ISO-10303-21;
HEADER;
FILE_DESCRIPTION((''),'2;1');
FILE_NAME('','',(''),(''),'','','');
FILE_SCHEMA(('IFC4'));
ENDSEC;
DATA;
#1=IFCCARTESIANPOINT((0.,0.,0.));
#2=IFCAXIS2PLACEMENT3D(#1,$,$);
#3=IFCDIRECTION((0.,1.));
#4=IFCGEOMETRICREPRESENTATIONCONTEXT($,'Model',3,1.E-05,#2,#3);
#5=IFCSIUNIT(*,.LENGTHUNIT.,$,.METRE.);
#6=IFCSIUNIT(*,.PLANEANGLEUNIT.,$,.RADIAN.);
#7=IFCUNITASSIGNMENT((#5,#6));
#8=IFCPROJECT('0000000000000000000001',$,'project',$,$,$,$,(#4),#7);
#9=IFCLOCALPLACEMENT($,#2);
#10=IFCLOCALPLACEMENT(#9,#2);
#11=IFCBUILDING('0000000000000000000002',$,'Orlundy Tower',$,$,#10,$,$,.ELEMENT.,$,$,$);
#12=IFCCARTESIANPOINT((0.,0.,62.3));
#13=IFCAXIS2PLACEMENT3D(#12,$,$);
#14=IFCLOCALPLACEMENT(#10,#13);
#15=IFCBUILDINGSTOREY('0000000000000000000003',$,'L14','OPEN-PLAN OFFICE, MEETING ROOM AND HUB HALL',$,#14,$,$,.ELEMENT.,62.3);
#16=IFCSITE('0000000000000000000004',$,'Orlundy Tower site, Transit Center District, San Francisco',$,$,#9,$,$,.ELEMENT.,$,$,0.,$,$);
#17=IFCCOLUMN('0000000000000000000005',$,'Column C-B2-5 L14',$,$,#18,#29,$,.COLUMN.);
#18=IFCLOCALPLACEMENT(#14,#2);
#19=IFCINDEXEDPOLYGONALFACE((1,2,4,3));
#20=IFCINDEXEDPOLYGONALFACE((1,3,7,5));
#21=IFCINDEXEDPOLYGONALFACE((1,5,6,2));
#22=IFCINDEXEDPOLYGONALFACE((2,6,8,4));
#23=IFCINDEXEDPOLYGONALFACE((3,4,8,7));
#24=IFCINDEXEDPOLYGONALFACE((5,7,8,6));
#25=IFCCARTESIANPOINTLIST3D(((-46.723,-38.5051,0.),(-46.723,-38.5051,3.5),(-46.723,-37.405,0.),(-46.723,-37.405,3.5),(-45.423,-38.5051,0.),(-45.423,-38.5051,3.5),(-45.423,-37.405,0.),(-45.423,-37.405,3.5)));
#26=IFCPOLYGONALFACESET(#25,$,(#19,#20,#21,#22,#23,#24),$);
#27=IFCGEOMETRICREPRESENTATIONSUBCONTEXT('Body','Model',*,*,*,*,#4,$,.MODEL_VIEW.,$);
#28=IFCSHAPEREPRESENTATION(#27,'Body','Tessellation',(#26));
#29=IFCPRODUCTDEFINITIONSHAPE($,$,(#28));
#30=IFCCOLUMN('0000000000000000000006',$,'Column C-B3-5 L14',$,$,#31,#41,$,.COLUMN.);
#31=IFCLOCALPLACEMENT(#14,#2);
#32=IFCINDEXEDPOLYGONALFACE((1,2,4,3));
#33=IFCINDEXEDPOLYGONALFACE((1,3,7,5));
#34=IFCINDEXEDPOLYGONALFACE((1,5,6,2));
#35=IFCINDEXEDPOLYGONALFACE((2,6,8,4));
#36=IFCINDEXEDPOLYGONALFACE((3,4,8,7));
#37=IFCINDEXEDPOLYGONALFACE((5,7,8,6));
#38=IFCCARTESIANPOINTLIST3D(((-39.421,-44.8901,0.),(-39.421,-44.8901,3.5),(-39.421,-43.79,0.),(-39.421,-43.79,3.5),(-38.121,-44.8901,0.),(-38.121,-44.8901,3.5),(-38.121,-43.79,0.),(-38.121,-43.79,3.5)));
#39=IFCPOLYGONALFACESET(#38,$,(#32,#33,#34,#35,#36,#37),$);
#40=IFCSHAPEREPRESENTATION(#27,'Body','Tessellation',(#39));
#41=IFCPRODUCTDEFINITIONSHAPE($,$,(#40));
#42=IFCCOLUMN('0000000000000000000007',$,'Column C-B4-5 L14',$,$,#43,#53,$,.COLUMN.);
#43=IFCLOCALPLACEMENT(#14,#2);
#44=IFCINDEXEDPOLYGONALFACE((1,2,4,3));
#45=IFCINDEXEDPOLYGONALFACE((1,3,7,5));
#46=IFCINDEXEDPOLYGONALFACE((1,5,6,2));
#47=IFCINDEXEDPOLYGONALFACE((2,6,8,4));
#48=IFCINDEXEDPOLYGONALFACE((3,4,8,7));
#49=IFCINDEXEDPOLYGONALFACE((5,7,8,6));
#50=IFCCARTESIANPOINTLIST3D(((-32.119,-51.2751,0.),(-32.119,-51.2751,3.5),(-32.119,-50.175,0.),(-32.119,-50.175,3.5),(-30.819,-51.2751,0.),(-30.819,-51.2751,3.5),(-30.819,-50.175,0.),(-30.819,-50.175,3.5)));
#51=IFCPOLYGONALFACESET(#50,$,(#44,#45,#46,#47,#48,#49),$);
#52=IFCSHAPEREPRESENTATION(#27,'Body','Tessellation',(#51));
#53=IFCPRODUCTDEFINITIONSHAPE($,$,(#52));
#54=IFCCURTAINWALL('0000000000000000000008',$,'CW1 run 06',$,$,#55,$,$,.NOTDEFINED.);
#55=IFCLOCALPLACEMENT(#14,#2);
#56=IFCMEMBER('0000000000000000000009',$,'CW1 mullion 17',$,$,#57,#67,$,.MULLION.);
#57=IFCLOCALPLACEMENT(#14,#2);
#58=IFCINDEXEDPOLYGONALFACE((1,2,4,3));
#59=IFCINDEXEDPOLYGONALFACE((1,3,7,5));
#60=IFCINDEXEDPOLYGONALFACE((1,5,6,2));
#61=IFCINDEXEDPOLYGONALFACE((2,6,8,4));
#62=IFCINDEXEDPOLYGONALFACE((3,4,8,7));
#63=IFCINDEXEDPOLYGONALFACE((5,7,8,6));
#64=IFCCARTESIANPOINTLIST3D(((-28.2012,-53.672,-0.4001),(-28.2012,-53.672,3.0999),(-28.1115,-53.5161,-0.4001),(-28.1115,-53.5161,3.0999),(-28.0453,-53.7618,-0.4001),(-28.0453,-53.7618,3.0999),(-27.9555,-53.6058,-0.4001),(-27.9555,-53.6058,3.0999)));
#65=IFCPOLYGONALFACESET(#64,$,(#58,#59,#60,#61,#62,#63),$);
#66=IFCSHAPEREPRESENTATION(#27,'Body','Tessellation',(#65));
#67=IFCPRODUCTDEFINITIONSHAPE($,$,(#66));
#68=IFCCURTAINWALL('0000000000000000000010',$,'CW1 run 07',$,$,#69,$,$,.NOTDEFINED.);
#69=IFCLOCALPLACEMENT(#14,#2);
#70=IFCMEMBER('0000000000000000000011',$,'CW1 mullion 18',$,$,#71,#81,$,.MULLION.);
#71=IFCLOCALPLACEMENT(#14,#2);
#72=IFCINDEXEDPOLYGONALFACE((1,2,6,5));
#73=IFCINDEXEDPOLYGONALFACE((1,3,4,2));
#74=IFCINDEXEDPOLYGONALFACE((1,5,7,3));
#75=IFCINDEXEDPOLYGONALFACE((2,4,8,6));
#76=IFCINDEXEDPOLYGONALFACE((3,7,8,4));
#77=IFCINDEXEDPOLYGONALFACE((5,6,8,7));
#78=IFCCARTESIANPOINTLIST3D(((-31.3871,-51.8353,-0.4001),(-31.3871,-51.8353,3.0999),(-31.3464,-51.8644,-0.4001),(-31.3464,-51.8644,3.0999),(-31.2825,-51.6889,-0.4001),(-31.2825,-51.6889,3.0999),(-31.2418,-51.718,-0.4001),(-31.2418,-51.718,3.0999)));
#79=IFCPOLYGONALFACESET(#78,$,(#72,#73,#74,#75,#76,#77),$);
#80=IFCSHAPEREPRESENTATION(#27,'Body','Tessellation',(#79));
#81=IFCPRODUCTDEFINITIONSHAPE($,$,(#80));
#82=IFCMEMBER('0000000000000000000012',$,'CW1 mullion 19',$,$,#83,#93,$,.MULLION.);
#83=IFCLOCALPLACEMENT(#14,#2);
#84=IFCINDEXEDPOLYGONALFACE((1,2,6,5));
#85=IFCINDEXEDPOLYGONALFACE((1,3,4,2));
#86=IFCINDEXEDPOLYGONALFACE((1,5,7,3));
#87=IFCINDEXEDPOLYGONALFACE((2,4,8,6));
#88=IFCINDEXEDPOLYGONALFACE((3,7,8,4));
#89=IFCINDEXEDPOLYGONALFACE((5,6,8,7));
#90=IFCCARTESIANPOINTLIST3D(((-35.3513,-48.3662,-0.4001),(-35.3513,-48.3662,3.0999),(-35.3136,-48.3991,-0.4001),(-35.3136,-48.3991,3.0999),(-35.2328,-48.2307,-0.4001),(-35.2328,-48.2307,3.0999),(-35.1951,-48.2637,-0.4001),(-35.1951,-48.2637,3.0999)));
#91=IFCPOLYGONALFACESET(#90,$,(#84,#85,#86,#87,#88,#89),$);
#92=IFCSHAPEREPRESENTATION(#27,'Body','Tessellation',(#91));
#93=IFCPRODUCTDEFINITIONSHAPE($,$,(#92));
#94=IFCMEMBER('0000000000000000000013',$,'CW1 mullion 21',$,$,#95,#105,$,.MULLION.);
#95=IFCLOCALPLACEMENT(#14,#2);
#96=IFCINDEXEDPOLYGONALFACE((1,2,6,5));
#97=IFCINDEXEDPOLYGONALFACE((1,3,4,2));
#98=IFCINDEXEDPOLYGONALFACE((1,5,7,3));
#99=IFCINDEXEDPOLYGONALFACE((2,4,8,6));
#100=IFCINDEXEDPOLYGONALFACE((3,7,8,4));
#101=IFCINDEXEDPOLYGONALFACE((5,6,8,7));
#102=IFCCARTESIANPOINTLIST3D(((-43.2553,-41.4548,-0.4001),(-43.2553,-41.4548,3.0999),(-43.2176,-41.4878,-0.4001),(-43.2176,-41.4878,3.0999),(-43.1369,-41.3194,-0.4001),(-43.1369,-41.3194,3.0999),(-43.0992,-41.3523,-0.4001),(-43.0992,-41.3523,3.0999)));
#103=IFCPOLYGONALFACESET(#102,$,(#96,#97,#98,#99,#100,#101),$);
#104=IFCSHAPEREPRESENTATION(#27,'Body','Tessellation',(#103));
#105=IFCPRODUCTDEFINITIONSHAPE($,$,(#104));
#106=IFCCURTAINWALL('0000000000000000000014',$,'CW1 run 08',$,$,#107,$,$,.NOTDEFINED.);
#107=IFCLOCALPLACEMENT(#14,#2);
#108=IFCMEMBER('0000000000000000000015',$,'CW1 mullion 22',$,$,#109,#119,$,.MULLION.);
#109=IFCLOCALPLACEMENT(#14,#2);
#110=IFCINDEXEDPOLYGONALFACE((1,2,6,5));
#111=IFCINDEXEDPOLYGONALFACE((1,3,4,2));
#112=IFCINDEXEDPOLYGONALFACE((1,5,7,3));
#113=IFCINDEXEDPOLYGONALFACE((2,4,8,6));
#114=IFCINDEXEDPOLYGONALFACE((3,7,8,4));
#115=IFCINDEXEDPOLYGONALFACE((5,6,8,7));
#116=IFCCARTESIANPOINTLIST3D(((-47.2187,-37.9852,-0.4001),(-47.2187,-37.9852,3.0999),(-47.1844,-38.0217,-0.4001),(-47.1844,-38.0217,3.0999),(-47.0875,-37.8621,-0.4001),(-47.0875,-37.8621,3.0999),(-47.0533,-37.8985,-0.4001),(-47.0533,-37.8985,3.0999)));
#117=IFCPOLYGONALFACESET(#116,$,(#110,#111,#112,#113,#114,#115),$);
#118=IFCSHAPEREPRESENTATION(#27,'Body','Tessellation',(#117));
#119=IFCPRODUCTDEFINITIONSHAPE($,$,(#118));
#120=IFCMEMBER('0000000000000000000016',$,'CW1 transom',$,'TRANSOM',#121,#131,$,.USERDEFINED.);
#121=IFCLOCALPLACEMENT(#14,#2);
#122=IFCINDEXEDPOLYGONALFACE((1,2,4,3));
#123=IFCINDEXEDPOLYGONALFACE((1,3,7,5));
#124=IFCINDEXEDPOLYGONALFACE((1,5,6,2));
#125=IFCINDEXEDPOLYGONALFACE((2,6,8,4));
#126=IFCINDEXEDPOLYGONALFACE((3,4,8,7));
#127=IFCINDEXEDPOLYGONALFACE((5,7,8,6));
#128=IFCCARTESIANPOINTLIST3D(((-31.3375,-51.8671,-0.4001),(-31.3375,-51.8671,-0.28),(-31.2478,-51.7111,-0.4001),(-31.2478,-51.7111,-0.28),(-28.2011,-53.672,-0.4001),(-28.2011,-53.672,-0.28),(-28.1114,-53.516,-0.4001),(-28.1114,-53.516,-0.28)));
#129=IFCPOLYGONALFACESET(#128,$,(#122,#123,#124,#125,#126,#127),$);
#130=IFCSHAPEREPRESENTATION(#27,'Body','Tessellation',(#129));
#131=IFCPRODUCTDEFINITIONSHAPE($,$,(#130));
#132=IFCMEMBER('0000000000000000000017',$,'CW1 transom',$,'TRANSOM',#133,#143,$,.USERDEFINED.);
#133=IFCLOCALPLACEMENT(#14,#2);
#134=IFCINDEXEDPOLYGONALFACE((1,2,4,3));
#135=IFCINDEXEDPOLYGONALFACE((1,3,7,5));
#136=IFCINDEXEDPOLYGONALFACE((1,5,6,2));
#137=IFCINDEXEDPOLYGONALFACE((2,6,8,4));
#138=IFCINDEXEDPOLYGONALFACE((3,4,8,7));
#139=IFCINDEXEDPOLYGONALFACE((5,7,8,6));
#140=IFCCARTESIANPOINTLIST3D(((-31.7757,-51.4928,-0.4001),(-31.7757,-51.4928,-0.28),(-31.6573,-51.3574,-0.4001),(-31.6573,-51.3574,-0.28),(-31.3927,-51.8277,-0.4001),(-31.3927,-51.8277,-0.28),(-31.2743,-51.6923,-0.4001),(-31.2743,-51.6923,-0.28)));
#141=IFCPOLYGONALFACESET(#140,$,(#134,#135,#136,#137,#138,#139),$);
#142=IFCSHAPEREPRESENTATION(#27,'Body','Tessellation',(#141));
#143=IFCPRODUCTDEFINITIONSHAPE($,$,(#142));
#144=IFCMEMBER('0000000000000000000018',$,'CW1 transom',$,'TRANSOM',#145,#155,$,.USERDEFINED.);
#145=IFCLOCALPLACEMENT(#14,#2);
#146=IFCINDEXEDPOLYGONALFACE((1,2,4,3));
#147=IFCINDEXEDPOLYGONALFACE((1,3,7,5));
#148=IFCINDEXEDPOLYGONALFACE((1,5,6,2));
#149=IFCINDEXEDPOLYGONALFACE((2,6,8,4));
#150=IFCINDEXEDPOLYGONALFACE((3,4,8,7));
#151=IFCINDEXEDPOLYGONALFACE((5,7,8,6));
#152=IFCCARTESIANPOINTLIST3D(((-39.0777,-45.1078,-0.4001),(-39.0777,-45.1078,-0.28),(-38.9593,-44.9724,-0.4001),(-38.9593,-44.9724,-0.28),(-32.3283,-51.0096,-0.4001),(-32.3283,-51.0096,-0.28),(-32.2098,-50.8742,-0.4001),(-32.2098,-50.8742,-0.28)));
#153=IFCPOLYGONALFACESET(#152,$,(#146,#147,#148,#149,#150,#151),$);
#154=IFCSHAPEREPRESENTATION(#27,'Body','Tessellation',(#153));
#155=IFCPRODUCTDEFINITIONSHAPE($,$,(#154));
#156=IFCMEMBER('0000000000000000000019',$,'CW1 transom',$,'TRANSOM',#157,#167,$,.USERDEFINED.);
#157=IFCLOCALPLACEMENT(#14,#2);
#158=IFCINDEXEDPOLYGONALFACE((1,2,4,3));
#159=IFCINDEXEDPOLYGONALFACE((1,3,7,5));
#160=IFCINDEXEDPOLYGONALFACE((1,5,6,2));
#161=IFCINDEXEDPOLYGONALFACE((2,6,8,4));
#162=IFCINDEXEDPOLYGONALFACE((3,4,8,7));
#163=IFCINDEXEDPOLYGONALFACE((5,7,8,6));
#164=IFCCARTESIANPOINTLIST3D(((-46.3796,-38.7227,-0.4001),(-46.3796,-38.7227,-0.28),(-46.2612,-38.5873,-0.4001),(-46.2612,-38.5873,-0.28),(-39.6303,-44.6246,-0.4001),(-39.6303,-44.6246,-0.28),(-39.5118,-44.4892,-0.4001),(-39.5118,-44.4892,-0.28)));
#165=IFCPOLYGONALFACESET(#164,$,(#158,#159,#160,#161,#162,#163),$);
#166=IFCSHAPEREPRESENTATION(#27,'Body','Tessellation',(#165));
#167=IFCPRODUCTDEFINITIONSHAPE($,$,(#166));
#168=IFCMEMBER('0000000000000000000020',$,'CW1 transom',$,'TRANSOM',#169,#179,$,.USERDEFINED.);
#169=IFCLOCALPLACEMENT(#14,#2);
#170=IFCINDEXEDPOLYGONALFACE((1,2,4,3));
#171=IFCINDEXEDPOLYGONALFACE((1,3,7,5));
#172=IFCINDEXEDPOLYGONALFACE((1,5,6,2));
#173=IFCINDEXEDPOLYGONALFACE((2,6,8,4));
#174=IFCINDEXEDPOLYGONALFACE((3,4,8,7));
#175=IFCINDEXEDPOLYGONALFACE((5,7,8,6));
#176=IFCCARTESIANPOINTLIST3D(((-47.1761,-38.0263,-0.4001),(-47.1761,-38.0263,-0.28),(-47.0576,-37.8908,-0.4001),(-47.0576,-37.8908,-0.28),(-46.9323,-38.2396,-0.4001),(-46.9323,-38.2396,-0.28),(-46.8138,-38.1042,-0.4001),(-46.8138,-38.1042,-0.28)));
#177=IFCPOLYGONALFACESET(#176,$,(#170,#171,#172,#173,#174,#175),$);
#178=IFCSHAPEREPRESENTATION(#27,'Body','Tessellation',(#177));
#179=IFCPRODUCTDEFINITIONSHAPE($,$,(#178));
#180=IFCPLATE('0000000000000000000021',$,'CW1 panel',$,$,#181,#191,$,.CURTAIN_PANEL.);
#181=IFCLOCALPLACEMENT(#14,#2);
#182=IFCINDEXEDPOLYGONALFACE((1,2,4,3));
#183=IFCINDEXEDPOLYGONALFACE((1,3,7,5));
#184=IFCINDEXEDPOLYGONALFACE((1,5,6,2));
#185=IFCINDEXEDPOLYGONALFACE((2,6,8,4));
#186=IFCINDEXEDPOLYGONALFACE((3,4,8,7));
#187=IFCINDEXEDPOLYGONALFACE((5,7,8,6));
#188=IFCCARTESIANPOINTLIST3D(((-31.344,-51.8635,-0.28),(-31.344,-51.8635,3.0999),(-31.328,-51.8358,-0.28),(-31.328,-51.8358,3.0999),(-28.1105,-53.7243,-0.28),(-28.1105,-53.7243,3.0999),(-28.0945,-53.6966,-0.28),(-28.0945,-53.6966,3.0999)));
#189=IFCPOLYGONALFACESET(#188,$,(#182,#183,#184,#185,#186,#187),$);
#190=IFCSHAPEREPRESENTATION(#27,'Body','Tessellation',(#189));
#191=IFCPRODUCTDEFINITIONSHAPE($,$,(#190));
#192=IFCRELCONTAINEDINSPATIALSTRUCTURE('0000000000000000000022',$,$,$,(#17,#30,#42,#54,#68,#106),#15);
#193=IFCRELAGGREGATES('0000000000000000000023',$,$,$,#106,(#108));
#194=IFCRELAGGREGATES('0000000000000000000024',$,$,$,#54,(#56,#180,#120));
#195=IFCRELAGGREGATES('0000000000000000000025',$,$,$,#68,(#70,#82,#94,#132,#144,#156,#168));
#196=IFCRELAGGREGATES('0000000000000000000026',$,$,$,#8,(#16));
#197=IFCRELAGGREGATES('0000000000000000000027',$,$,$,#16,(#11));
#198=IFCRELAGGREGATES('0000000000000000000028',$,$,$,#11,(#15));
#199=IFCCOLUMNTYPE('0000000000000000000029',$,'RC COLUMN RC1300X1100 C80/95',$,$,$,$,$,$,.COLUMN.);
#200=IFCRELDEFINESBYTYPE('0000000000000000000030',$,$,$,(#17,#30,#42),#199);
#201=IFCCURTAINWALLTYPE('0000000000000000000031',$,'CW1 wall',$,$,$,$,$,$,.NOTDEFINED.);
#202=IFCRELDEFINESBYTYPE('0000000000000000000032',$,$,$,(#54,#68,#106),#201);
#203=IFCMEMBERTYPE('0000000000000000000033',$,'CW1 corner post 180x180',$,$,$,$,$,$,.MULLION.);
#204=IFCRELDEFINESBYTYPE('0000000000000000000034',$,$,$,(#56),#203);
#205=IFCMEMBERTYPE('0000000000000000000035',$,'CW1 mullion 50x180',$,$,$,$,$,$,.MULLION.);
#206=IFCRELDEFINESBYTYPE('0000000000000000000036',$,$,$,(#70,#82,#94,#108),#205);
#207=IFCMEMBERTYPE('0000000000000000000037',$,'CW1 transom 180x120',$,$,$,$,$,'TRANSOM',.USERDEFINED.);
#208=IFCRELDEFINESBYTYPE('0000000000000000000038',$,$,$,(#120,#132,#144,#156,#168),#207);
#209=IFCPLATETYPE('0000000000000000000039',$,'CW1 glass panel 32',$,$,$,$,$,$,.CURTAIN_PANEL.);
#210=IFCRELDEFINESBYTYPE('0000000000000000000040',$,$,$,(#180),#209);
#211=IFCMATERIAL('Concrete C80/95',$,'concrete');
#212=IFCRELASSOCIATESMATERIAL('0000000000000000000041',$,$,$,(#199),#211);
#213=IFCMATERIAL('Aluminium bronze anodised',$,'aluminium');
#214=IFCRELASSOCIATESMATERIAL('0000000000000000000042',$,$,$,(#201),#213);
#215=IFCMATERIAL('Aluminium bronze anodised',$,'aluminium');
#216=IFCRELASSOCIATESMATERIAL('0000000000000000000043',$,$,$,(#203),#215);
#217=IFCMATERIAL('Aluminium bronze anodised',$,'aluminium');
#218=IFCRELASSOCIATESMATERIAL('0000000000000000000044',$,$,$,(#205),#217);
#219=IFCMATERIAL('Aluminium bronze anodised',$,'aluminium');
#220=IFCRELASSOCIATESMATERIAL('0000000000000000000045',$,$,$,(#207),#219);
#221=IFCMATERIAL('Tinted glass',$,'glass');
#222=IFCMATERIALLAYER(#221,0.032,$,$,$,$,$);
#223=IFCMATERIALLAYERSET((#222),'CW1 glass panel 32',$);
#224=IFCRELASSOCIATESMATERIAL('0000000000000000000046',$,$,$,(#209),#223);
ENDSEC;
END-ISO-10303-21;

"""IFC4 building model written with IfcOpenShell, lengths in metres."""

from ifc_helpers import new_model, si_unit, direction, frame, origin, origin_2d, place, context, subcontext, project, spatial, rectangle, extrude, material, layer, layer_set, material_profile, profile_set, type_object, element, aggregate, save


model = new_model("IFC4")

# Units and contexts
model_context = context("Model", 3, precision=1e-05, world=origin(), true_north=direction((0.0, 1.0)))
body_context = subcontext(model_context, "Body", "Model", "MODEL_VIEW")
ifc_project = project(units=[si_unit("LENGTHUNIT", "METRE"), si_unit("PLANEANGLEUNIT", "RADIAN")], contexts=[model_context])

# Site, building, storey
site_placement = place(None, origin())
site = spatial("IfcSite", under=ifc_project, at=site_placement, Name="Orlundy Tower site, Transit Center District, San Francisco", CompositionType="ELEMENT", RefElevation=0.0)
building_placement = place(site_placement, origin())
building = spatial("IfcBuilding", under=site, at=building_placement, Name="Orlundy Tower", CompositionType="ELEMENT")
storey_placement = place(building_placement, frame((0.0, 0.0, 62.3)))
storey = spatial("IfcBuildingStorey", under=building, at=storey_placement, Name="L14", Description="OPEN-PLAN OFFICE, MEETING ROOM AND HUB HALL", CompositionType="ELEMENT", Elevation=62.3)

# Columns
ifc_material_1 = material(Name="Concrete C80/95", Category="concrete")
ifc_material_profile_1 = material_profile(ifc_material_1, rectangle(XDim=1.3, YDim=1.1001, at=origin_2d()), Name="RC1300X1100")
ifc_profile_set_1 = profile_set([ifc_material_profile_1], Name="Concrete C80/95")
column_type = type_object("IfcColumnType", Name="RC COLUMN RC1300X1100 C80/95", PredefinedType="COLUMN", material=ifc_profile_set_1)
for number, where, z_axis, x_axis, name in (
    (1, (-46.073, -37.9551, 0.0), (0.0, 0.0, 1.0), (1.0, 0.0, 0.0), "Column C-B2-5 L14"),
    (2, (-38.771, -44.3401, 0.0), (0.0, 0.0, 1.0), (1.0, 0.0, 0.0), "Column C-B3-5 L14"),
    (3, (-31.469, -50.7251, 0.0), (0.0, 0.0, 1.0), (1.0, 0.0, 0.0), "Column C-B4-5 L14"),
):
    element("IfcColumn", number, at=place(storey_placement, frame(where, z_axis=z_axis, x_axis=x_axis)), inside=storey, type_object=column_type, Name=name, PredefinedType="COLUMN", context=body_context, shape_type="SweptSolid", body=[
        extrude(rectangle(XDim=1.3, YDim=1.1001, at=origin_2d()), origin(), (0.0, 0.0, 1.0), 3.5),
    ])

# Curtain wall, member
ifc_material_2 = material(Name="Aluminium bronze anodised", Category="aluminium")
curtain_wall_type = type_object("IfcCurtainWallType", Name="CW1 wall", PredefinedType="NOTDEFINED", material=ifc_material_2)
curtain_wall_1_placement = place(storey_placement, origin())
curtain_wall_1 = element("IfcCurtainWall", 4, at=curtain_wall_1_placement, inside=storey, type_object=curtain_wall_type, Name="CW1 run 06", PredefinedType="NOTDEFINED")
ifc_material_3 = material(Name="Aluminium bronze anodised", Category="aluminium")
ifc_material_profile_2 = material_profile(ifc_material_3, rectangle(XDim=0.1799, YDim=0.1799, at=origin_2d()), Name="CW1 corner post 180x180")
ifc_profile_set_2 = profile_set([ifc_material_profile_2], Name="Aluminium bronze anodised")
member_type_1 = type_object("IfcMemberType", Name="CW1 corner post 180x180", PredefinedType="MULLION", material=ifc_profile_set_2)
member_1_placement = place(storey_placement, frame((-28.0784, -53.6389, -0.4001), z_axis=(0.0, 0.0, 1.0), x_axis=(-0.49878, -0.866728, 0.0)))
member_1 = element("IfcMember", 5, at=member_1_placement, type_object=member_type_1, Name="CW1 mullion 17", PredefinedType="MULLION", context=body_context, shape_type="SweptSolid", body=[
    extrude(rectangle(XDim=0.1799, YDim=0.1799, at=origin_2d()), origin(), (0.0, 0.0, 1.0), 3.5),
])

# Curtain wall, members
curtain_wall_2_placement = place(storey_placement, origin())
curtain_wall_2 = element("IfcCurtainWall", 6, at=curtain_wall_2_placement, inside=storey, type_object=curtain_wall_type, Name="CW1 run 07", PredefinedType="NOTDEFINED")
ifc_material_4 = material(Name="Aluminium bronze anodised", Category="aluminium")
ifc_material_profile_3 = material_profile(ifc_material_4, rectangle(XDim=0.1799, YDim=0.05, at=origin_2d()), Name="CW1 mullion 50x180")
ifc_profile_set_3 = profile_set([ifc_material_profile_3], Name="Aluminium bronze anodised")
member_type_2 = type_object("IfcMemberType", Name="CW1 mullion 50x180", PredefinedType="MULLION", material=ifc_profile_set_3)
member_2_placement = place(storey_placement, frame((-31.3145, -51.7766, -0.4001), z_axis=(0.0, 0.0, 1.0), x_axis=(-0.581319, -0.813676, 0.0)))
member_2 = element("IfcMember", 7, at=member_2_placement, type_object=member_type_2, Name="CW1 mullion 18", PredefinedType="MULLION", context=body_context, shape_type="SweptSolid", body=[
    extrude(rectangle(XDim=0.1799, YDim=0.05, at=origin_2d()), origin(), (0.0, 0.0, 1.0), 3.5),
])
member_3_placement = place(storey_placement, frame((-35.2732, -48.3149, -0.4001), z_axis=(0.0, 0.0, 1.0), x_axis=(-0.658262, -0.752789, 0.0)))
member_3 = element("IfcMember", 8, at=member_3_placement, type_object=member_type_2, Name="CW1 mullion 19", PredefinedType="MULLION", context=body_context, shape_type="SweptSolid", body=[
    extrude(rectangle(XDim=0.1799, YDim=0.05, at=origin_2d()), origin(), (0.0, 0.0, 1.0), 3.5),
])
member_4_placement = place(storey_placement, frame((-43.1772, -41.4036, -0.4001), z_axis=(0.0, 0.0, 1.0), x_axis=(-0.658262, -0.752789, 0.0)))
member_4 = element("IfcMember", 9, at=member_4_placement, type_object=member_type_2, Name="CW1 mullion 21", PredefinedType="MULLION", context=body_context, shape_type="SweptSolid", body=[
    extrude(rectangle(XDim=0.1799, YDim=0.05, at=origin_2d()), origin(), (0.0, 0.0, 1.0), 3.5),
])

# Curtain wall, member
curtain_wall_3_placement = place(storey_placement, origin())
curtain_wall_3 = element("IfcCurtainWall", 10, at=curtain_wall_3_placement, inside=storey, type_object=curtain_wall_type, Name="CW1 run 08", PredefinedType="NOTDEFINED")
member_5_placement = place(storey_placement, frame((-47.136, -37.9419, -0.4001), z_axis=(0.0, 0.0, 1.0), x_axis=(-0.728889, -0.684632, 0.0)))
member_5 = element("IfcMember", 11, at=member_5_placement, type_object=member_type_2, Name="CW1 mullion 22", PredefinedType="MULLION", context=body_context, shape_type="SweptSolid", body=[
    extrude(rectangle(XDim=0.1799, YDim=0.05, at=origin_2d()), origin(), (0.0, 0.0, 1.0), 3.5),
])
aggregate(curtain_wall_3, [member_5])

# Members
ifc_material_5 = material(Name="Aluminium bronze anodised", Category="aluminium")
ifc_material_profile_4 = material_profile(ifc_material_5, rectangle(XDim=0.1799, YDim=0.1201, at=origin_2d()), Name="CW1 transom 180x120")
ifc_profile_set_4 = profile_set([ifc_material_profile_4], Name="Aluminium bronze anodised")
member_type_3 = type_object("IfcMemberType", Name="CW1 transom 180x120", ElementType="TRANSOM", PredefinedType="USERDEFINED", material=ifc_profile_set_4)
member_6_placement = place(storey_placement, frame((-28.1562, -53.594, -0.3401), z_axis=(-0.866732, 0.498774, 0.0), x_axis=(-0.498774, -0.866732, 0.0)))
member_6 = element("IfcMember", 12, at=member_6_placement, type_object=member_type_3, Name="CW1 transom", ObjectType="TRANSOM", PredefinedType="USERDEFINED", context=body_context, shape_type="SweptSolid", body=[
    extrude(rectangle(XDim=0.1799, YDim=0.1201, at=origin_2d()), origin(), (0.0, 0.0, 1.0), 3.6187),
])
member_7_placement = place(storey_placement, frame((-31.3335, -51.76, -0.3401), z_axis=(-0.752785, 0.658267, 0.0), x_axis=(-0.658267, -0.752785, 0.0)))
member_7 = element("IfcMember", 13, at=member_7_placement, type_object=member_type_3, Name="CW1 transom", ObjectType="TRANSOM", PredefinedType="USERDEFINED", context=body_context, shape_type="SweptSolid", body=[
    extrude(rectangle(XDim=0.1799, YDim=0.1201, at=origin_2d()), origin(), (0.0, 0.0, 1.0), 0.5088),
])
member_8_placement = place(storey_placement, frame((-32.269, -50.9419, -0.3401), z_axis=(-0.752796, 0.658254, 0.0), x_axis=(-0.658254, -0.752796, 0.0)))
member_8 = element("IfcMember", 14, at=member_8_placement, type_object=member_type_3, Name="CW1 transom", ObjectType="TRANSOM", PredefinedType="USERDEFINED", context=body_context, shape_type="SweptSolid", body=[
    extrude(rectangle(XDim=0.1799, YDim=0.1201, at=origin_2d()), origin(), (0.0, 0.0, 1.0), 8.9658),
])
member_9_placement = place(storey_placement, frame((-39.571, -44.5569, -0.3401), z_axis=(-0.752784, 0.658267, 0.0), x_axis=(-0.658267, -0.752784, 0.0)))
member_9 = element("IfcMember", 15, at=member_9_placement, type_object=member_type_3, Name="CW1 transom", ObjectType="TRANSOM", PredefinedType="USERDEFINED", context=body_context, shape_type="SweptSolid", body=[
    extrude(rectangle(XDim=0.1799, YDim=0.1201, at=origin_2d()), origin(), (0.0, 0.0, 1.0), 8.9658),
])
member_10_placement = place(storey_placement, frame((-46.873, -38.1719, -0.3401), z_axis=(-0.752623, 0.658451, 0.0), x_axis=(-0.658451, -0.752623, 0.0)))
member_10 = element("IfcMember", 16, at=member_10_placement, type_object=member_type_3, Name="CW1 transom", ObjectType="TRANSOM", PredefinedType="USERDEFINED", context=body_context, shape_type="SweptSolid", body=[
    extrude(rectangle(XDim=0.1799, YDim=0.1201, at=origin_2d()), origin(), (0.0, 0.0, 1.0), 0.324),
])

# Plate
ifc_material_6 = material(Name="Tinted glass", Category="glass")
ifc_layer_1 = layer(ifc_material_6, 0.032)
ifc_layer_set_1 = layer_set([ifc_layer_1], Name="CW1 glass panel 32")
plate_type = type_object("IfcPlateType", Name="CW1 glass panel 32", PredefinedType="CURTAIN_PANEL", material=ifc_layer_set_1)
plate_1_placement = place(storey_placement, frame((-29.7192, -52.78, -0.28), z_axis=(0.0, 0.0, 1.0), x_axis=(-0.866728, 0.49878, 0.0)))
plate_1 = element("IfcPlate", 17, at=plate_1_placement, type_object=plate_type, Name="CW1 panel", PredefinedType="CURTAIN_PANEL", context=body_context, shape_type="SweptSolid", body=[
    extrude(rectangle(XDim=3.7307, YDim=0.032, at=origin_2d()), origin(), (0.0, 0.0, 1.0), 3.3799),
])
aggregate(curtain_wall_1, [member_1, plate_1, member_6])
aggregate(curtain_wall_2, [member_2, member_3, member_4, member_7, member_8, member_9, member_10])

save(model, "model.ifc")
